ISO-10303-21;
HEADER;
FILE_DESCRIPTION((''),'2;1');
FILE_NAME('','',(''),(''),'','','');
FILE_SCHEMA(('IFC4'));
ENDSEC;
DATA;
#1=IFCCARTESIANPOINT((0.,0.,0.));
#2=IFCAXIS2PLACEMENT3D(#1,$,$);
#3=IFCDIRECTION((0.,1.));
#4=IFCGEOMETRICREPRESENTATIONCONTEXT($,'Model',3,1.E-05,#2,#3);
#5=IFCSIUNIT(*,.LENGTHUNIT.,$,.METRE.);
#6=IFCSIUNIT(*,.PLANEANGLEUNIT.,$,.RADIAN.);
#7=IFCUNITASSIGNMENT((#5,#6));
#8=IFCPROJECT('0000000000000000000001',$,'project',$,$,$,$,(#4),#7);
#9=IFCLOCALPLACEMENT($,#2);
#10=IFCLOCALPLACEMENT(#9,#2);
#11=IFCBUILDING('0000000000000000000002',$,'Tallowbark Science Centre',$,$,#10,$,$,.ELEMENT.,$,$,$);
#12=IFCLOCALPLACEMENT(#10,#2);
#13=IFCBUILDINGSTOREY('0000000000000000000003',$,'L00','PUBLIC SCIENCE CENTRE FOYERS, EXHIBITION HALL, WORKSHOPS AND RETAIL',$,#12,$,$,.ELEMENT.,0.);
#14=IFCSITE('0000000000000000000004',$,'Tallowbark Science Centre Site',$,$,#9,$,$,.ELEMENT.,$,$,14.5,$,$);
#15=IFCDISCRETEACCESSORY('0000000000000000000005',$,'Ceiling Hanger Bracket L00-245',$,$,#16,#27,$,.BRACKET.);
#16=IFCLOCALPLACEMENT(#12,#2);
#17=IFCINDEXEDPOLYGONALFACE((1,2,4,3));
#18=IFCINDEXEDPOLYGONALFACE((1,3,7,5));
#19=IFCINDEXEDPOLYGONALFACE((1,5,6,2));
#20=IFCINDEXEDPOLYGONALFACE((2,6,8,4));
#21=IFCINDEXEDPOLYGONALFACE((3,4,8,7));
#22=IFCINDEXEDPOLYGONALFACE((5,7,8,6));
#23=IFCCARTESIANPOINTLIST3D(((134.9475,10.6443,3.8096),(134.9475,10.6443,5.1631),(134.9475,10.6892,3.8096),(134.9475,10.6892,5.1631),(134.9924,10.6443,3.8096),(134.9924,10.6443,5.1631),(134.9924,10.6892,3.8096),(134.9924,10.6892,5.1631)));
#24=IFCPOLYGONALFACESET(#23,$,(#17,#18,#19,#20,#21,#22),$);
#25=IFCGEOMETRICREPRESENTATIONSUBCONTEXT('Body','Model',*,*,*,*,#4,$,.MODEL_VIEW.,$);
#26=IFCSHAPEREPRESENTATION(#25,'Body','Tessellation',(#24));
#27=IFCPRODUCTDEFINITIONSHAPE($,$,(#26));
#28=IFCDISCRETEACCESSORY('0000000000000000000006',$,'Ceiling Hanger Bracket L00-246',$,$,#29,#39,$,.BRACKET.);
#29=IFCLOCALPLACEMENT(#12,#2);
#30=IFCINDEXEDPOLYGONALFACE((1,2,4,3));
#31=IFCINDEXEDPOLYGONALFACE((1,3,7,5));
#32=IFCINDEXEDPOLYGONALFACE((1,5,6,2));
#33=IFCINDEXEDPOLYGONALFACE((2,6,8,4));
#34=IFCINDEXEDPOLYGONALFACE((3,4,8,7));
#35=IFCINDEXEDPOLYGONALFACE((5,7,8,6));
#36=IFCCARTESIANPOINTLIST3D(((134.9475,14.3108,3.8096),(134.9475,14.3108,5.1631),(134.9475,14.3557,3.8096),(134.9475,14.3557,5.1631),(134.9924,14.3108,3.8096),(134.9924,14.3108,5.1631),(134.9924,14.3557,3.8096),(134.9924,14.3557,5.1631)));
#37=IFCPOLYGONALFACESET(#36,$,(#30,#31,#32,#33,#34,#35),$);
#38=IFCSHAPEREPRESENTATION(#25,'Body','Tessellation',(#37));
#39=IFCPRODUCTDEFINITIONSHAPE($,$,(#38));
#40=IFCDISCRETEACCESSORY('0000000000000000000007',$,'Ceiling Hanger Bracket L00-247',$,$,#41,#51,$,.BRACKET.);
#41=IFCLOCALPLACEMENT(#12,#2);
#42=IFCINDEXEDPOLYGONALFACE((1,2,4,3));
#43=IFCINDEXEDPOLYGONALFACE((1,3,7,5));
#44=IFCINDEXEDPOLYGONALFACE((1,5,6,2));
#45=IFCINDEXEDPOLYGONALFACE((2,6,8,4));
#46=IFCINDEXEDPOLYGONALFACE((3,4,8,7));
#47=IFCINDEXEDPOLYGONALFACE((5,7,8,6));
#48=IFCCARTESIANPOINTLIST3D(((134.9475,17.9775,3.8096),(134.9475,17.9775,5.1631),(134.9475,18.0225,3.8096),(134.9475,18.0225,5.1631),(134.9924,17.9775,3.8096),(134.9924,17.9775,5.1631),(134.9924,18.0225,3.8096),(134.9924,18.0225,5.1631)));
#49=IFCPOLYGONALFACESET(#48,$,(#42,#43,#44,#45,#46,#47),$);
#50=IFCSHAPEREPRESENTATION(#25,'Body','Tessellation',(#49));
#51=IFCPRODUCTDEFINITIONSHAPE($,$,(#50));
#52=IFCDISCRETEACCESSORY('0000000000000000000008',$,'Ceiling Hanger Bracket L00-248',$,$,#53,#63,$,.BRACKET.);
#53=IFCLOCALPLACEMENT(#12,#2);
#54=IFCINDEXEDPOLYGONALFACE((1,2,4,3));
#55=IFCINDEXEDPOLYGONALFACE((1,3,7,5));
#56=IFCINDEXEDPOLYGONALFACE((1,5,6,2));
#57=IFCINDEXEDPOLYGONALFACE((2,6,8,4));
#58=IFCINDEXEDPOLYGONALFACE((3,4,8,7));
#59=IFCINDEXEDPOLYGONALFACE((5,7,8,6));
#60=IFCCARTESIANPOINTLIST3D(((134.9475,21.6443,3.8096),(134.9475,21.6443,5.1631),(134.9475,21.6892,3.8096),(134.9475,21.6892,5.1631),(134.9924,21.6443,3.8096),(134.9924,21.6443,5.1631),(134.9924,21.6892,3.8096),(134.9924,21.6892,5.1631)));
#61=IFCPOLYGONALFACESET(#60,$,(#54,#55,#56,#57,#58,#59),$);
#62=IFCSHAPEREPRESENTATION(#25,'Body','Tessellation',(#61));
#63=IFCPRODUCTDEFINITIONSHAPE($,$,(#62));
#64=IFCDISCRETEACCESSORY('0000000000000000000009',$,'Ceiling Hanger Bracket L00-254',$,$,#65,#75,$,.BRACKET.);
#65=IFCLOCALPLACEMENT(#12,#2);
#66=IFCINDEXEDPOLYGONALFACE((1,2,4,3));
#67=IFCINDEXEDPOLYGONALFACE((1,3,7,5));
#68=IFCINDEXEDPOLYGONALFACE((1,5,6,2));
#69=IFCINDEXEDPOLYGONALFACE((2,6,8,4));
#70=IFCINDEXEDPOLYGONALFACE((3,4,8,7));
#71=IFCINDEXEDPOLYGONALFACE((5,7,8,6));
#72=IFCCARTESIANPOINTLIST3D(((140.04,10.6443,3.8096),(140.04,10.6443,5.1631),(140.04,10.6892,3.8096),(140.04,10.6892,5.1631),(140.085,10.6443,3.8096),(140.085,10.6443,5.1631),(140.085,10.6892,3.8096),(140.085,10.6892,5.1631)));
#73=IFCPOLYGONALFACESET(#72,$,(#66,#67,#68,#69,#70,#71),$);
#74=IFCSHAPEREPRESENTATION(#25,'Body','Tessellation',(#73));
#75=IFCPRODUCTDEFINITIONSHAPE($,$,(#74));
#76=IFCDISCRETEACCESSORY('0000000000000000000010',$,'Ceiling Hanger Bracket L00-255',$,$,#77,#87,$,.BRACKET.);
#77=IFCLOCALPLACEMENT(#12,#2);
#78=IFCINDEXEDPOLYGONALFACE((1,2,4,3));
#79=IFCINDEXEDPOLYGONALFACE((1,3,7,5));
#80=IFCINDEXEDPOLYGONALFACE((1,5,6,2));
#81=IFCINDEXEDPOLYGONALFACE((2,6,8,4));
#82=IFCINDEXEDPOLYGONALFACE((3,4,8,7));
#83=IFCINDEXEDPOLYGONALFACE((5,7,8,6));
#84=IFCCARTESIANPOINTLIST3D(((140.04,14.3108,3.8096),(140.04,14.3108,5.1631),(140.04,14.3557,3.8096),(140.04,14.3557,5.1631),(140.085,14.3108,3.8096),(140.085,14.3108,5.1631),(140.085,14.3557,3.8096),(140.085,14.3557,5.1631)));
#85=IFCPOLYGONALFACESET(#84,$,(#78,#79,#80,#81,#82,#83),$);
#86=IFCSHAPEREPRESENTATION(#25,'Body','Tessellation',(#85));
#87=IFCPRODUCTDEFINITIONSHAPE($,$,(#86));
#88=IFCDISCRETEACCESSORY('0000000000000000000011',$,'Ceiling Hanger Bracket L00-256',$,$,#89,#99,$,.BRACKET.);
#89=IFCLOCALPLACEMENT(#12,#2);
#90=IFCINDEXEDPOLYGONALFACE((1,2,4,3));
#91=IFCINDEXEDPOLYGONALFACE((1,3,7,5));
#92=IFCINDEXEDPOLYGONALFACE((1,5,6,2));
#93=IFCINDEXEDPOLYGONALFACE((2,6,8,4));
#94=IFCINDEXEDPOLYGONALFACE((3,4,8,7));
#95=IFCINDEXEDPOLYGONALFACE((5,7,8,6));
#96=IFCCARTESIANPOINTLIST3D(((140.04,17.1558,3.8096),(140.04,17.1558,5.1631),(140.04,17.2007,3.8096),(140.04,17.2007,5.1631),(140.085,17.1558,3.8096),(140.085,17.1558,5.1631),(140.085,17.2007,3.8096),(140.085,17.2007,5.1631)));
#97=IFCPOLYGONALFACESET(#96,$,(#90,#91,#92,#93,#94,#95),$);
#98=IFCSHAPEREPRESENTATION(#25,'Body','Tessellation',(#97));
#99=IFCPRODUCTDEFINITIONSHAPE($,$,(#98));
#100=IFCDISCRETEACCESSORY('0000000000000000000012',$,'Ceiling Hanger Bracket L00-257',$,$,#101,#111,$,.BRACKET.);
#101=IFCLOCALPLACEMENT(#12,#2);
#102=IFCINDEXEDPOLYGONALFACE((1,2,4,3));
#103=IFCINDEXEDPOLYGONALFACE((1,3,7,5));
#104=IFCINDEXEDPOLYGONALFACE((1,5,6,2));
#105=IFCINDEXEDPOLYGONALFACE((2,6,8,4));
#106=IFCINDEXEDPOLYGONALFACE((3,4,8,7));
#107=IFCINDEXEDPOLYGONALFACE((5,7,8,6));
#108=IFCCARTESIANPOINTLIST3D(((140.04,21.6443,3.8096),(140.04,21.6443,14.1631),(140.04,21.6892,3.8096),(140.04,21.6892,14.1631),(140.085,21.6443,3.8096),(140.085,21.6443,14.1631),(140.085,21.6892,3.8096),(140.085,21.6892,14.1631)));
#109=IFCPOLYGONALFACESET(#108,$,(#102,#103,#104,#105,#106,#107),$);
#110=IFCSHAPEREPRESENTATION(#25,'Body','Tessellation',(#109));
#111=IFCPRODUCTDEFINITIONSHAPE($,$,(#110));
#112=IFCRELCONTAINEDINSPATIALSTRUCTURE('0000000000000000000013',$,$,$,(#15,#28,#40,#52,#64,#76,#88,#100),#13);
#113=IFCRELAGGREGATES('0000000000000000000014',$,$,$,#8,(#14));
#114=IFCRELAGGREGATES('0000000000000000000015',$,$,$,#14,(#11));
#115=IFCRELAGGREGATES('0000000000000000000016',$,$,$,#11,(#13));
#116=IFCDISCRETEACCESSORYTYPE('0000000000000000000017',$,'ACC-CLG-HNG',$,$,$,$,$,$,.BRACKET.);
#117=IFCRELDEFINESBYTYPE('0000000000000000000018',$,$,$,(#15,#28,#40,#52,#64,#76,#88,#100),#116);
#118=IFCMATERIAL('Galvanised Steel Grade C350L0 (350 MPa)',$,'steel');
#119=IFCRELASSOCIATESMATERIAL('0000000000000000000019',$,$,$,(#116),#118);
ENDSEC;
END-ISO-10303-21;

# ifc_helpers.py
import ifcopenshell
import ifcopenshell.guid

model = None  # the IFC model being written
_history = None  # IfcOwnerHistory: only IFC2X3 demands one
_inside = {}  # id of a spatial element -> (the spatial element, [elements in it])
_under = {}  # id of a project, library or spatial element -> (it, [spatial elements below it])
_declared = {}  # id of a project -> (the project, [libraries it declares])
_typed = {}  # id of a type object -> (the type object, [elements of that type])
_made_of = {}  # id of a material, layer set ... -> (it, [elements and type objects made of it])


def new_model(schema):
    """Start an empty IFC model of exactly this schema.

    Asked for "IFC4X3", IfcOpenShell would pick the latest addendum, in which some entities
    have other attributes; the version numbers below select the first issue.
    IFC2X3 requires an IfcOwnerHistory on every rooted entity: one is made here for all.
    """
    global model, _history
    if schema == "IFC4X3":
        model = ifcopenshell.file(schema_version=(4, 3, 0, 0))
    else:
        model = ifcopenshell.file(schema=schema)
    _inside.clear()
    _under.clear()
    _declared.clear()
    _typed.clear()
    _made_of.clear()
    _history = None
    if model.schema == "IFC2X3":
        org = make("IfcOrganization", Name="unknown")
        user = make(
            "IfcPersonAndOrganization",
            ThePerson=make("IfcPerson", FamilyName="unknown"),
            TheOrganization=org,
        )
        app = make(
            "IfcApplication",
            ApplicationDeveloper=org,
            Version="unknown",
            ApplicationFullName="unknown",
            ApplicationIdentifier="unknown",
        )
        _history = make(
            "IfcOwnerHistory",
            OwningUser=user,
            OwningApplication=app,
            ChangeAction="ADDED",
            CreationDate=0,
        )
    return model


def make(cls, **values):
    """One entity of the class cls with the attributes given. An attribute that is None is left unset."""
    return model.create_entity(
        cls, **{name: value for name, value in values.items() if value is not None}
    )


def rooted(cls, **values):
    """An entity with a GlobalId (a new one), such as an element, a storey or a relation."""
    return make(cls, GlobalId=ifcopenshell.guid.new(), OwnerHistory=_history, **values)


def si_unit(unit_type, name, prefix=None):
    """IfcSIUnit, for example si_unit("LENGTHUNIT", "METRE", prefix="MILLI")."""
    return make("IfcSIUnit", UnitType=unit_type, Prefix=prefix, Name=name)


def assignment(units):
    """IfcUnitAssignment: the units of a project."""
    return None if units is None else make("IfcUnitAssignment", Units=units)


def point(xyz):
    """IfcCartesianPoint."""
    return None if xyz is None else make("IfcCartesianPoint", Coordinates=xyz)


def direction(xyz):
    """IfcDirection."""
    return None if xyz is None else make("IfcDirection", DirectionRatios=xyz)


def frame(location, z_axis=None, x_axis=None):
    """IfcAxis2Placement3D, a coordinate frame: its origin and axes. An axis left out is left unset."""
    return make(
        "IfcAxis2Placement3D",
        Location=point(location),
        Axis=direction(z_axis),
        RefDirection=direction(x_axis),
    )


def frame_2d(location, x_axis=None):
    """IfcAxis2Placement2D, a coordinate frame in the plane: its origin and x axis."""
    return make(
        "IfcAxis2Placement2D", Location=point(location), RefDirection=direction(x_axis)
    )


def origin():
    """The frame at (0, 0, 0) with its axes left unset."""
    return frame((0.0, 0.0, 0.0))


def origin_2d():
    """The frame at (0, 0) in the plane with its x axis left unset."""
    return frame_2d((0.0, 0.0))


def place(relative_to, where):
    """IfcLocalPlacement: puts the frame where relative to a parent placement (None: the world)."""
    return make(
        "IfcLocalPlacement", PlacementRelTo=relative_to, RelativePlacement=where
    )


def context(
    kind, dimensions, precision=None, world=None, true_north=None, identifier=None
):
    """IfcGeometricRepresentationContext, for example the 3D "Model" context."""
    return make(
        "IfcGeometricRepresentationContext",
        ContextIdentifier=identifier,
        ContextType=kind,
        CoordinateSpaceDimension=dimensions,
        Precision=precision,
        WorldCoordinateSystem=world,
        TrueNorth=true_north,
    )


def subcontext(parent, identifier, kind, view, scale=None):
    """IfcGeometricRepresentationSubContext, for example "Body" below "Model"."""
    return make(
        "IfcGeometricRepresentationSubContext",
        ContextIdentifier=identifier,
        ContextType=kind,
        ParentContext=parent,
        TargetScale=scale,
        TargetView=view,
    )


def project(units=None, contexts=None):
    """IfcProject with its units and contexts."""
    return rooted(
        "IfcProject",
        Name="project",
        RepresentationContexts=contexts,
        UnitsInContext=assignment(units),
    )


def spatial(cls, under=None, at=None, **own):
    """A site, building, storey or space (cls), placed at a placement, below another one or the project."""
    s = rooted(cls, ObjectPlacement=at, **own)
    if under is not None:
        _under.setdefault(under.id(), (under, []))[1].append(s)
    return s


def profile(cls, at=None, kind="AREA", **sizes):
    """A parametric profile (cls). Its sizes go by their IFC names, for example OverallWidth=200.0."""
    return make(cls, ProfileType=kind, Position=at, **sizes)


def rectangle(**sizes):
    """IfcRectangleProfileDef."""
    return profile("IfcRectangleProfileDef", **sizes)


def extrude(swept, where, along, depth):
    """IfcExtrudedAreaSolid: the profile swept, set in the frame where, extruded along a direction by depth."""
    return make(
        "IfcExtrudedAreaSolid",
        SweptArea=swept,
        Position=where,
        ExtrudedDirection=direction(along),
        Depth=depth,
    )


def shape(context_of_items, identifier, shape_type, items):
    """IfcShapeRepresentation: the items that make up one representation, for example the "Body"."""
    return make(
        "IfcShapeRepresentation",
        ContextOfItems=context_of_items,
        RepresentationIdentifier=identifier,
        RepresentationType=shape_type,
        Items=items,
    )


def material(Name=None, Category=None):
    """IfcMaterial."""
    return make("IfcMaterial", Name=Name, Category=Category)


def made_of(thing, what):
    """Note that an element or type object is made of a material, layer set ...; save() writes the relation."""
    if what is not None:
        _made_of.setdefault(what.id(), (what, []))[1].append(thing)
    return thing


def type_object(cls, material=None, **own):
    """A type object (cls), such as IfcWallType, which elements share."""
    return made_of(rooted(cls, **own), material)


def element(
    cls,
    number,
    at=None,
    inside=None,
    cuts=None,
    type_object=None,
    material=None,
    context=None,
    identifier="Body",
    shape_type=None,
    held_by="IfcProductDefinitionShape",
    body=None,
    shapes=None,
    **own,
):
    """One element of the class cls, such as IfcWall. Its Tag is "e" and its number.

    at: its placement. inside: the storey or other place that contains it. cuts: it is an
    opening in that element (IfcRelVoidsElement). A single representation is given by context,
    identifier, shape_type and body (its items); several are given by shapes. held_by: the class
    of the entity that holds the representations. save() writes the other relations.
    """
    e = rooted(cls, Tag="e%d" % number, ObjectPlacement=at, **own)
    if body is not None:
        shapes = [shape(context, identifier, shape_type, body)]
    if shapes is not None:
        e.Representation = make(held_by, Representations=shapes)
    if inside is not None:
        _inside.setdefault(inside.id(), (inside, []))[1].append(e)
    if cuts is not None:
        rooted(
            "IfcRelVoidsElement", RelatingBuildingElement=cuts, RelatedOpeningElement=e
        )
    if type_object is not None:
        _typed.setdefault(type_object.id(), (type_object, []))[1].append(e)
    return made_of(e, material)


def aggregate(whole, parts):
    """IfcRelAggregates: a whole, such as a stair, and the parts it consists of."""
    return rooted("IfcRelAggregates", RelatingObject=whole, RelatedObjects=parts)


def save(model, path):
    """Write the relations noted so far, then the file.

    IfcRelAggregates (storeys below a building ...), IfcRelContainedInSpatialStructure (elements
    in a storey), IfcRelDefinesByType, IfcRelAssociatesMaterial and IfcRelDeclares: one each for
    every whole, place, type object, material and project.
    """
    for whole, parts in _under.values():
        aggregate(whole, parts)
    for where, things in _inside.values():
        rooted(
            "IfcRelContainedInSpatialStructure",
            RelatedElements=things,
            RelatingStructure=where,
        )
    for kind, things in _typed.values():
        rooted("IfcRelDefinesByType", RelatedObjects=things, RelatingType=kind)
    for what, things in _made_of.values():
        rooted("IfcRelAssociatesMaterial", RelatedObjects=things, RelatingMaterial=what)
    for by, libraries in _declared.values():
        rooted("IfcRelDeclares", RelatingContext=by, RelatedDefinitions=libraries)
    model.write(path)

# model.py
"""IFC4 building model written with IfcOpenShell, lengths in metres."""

from ifc_helpers import new_model, si_unit, direction, frame, origin, origin_2d, place, context, subcontext, project, spatial, rectangle, extrude, material, type_object, element, save


model = new_model("IFC4")

# Units and contexts
model_context = context("Model", 3, precision=1e-05, world=origin(), true_north=direction((0.0, 1.0)))
body_context = subcontext(model_context, "Body", "Model", "MODEL_VIEW")
ifc_project = project(units=[si_unit("LENGTHUNIT", "METRE"), si_unit("PLANEANGLEUNIT", "RADIAN")], contexts=[model_context])

# Site, building, storey
site_placement = place(None, origin())
site = spatial("IfcSite", under=ifc_project, at=site_placement, Name="Tallowbark Science Centre Site", CompositionType="ELEMENT", RefElevation=14.5)
building_placement = place(site_placement, origin())
building = spatial("IfcBuilding", under=site, at=building_placement, Name="Tallowbark Science Centre", CompositionType="ELEMENT")
storey_placement = place(building_placement, origin())
storey = spatial("IfcBuildingStorey", under=building, at=storey_placement, Name="L00", Description="PUBLIC SCIENCE CENTRE FOYERS, EXHIBITION HALL, WORKSHOPS AND RETAIL", CompositionType="ELEMENT", Elevation=0.0)

# Discrete accessories
ifc_material_1 = material(Name="Galvanised Steel Grade C350L0 (350 MPa)", Category="steel")
discrete_accessory_type = type_object("IfcDiscreteAccessoryType", Name="ACC-CLG-HNG", PredefinedType="BRACKET", material=ifc_material_1)
for number, where, z_axis, x_axis, name in (
    (1, (134.97, 10.6667, 3.8096), (0.0, 0.0, 1.0), (1.0, 0.0, 0.0), "Ceiling Hanger Bracket L00-245"),
    (2, (134.97, 14.3333, 3.8096), (0.0, 0.0, 1.0), (1.0, 0.0, 0.0), "Ceiling Hanger Bracket L00-246"),
    (3, (134.97, 18.0, 3.8096), (0.0, 0.0, 1.0), (1.0, 0.0, 0.0), "Ceiling Hanger Bracket L00-247"),
    (4, (134.97, 21.6667, 3.8096), (0.0, 0.0, 1.0), (1.0, 0.0, 0.0), "Ceiling Hanger Bracket L00-248"),
    (5, (140.0625, 10.6667, 3.8096), (0.0, 0.0, 1.0), (1.0, 0.0, 0.0), "Ceiling Hanger Bracket L00-254"),
    (6, (140.0625, 14.3333, 3.8096), (0.0, 0.0, 1.0), (1.0, 0.0, 0.0), "Ceiling Hanger Bracket L00-255"),
    (7, (140.0625, 17.1782, 3.8096), (0.0, 0.0, 1.0), (1.0, 0.0, 0.0), "Ceiling Hanger Bracket L00-256"),
):
    element("IfcDiscreteAccessory", number, at=place(storey_placement, frame(where, z_axis=z_axis, x_axis=x_axis)), inside=storey, type_object=discrete_accessory_type, Name=name, PredefinedType="BRACKET", context=body_context, shape_type="SweptSolid", body=[
        extrude(rectangle(XDim=0.0449, YDim=0.0449, at=origin_2d()), origin(), (0.0, 0.0, 1.0), 1.3535),
    ])
discrete_accessory_placement = place(storey_placement, frame((140.0625, 21.6667, 3.8096), z_axis=(0.0, 0.0, 1.0), x_axis=(1.0, 0.0, 0.0)))
element("IfcDiscreteAccessory", 8, at=discrete_accessory_placement, inside=storey, type_object=discrete_accessory_type, Name="Ceiling Hanger Bracket L00-257", PredefinedType="BRACKET", context=body_context, shape_type="SweptSolid", body=[
    extrude(rectangle(XDim=0.0449, YDim=0.0449, at=origin_2d()), origin(), (0.0, 0.0, 1.0), 10.3535),
])

save(model, "model.ifc")
